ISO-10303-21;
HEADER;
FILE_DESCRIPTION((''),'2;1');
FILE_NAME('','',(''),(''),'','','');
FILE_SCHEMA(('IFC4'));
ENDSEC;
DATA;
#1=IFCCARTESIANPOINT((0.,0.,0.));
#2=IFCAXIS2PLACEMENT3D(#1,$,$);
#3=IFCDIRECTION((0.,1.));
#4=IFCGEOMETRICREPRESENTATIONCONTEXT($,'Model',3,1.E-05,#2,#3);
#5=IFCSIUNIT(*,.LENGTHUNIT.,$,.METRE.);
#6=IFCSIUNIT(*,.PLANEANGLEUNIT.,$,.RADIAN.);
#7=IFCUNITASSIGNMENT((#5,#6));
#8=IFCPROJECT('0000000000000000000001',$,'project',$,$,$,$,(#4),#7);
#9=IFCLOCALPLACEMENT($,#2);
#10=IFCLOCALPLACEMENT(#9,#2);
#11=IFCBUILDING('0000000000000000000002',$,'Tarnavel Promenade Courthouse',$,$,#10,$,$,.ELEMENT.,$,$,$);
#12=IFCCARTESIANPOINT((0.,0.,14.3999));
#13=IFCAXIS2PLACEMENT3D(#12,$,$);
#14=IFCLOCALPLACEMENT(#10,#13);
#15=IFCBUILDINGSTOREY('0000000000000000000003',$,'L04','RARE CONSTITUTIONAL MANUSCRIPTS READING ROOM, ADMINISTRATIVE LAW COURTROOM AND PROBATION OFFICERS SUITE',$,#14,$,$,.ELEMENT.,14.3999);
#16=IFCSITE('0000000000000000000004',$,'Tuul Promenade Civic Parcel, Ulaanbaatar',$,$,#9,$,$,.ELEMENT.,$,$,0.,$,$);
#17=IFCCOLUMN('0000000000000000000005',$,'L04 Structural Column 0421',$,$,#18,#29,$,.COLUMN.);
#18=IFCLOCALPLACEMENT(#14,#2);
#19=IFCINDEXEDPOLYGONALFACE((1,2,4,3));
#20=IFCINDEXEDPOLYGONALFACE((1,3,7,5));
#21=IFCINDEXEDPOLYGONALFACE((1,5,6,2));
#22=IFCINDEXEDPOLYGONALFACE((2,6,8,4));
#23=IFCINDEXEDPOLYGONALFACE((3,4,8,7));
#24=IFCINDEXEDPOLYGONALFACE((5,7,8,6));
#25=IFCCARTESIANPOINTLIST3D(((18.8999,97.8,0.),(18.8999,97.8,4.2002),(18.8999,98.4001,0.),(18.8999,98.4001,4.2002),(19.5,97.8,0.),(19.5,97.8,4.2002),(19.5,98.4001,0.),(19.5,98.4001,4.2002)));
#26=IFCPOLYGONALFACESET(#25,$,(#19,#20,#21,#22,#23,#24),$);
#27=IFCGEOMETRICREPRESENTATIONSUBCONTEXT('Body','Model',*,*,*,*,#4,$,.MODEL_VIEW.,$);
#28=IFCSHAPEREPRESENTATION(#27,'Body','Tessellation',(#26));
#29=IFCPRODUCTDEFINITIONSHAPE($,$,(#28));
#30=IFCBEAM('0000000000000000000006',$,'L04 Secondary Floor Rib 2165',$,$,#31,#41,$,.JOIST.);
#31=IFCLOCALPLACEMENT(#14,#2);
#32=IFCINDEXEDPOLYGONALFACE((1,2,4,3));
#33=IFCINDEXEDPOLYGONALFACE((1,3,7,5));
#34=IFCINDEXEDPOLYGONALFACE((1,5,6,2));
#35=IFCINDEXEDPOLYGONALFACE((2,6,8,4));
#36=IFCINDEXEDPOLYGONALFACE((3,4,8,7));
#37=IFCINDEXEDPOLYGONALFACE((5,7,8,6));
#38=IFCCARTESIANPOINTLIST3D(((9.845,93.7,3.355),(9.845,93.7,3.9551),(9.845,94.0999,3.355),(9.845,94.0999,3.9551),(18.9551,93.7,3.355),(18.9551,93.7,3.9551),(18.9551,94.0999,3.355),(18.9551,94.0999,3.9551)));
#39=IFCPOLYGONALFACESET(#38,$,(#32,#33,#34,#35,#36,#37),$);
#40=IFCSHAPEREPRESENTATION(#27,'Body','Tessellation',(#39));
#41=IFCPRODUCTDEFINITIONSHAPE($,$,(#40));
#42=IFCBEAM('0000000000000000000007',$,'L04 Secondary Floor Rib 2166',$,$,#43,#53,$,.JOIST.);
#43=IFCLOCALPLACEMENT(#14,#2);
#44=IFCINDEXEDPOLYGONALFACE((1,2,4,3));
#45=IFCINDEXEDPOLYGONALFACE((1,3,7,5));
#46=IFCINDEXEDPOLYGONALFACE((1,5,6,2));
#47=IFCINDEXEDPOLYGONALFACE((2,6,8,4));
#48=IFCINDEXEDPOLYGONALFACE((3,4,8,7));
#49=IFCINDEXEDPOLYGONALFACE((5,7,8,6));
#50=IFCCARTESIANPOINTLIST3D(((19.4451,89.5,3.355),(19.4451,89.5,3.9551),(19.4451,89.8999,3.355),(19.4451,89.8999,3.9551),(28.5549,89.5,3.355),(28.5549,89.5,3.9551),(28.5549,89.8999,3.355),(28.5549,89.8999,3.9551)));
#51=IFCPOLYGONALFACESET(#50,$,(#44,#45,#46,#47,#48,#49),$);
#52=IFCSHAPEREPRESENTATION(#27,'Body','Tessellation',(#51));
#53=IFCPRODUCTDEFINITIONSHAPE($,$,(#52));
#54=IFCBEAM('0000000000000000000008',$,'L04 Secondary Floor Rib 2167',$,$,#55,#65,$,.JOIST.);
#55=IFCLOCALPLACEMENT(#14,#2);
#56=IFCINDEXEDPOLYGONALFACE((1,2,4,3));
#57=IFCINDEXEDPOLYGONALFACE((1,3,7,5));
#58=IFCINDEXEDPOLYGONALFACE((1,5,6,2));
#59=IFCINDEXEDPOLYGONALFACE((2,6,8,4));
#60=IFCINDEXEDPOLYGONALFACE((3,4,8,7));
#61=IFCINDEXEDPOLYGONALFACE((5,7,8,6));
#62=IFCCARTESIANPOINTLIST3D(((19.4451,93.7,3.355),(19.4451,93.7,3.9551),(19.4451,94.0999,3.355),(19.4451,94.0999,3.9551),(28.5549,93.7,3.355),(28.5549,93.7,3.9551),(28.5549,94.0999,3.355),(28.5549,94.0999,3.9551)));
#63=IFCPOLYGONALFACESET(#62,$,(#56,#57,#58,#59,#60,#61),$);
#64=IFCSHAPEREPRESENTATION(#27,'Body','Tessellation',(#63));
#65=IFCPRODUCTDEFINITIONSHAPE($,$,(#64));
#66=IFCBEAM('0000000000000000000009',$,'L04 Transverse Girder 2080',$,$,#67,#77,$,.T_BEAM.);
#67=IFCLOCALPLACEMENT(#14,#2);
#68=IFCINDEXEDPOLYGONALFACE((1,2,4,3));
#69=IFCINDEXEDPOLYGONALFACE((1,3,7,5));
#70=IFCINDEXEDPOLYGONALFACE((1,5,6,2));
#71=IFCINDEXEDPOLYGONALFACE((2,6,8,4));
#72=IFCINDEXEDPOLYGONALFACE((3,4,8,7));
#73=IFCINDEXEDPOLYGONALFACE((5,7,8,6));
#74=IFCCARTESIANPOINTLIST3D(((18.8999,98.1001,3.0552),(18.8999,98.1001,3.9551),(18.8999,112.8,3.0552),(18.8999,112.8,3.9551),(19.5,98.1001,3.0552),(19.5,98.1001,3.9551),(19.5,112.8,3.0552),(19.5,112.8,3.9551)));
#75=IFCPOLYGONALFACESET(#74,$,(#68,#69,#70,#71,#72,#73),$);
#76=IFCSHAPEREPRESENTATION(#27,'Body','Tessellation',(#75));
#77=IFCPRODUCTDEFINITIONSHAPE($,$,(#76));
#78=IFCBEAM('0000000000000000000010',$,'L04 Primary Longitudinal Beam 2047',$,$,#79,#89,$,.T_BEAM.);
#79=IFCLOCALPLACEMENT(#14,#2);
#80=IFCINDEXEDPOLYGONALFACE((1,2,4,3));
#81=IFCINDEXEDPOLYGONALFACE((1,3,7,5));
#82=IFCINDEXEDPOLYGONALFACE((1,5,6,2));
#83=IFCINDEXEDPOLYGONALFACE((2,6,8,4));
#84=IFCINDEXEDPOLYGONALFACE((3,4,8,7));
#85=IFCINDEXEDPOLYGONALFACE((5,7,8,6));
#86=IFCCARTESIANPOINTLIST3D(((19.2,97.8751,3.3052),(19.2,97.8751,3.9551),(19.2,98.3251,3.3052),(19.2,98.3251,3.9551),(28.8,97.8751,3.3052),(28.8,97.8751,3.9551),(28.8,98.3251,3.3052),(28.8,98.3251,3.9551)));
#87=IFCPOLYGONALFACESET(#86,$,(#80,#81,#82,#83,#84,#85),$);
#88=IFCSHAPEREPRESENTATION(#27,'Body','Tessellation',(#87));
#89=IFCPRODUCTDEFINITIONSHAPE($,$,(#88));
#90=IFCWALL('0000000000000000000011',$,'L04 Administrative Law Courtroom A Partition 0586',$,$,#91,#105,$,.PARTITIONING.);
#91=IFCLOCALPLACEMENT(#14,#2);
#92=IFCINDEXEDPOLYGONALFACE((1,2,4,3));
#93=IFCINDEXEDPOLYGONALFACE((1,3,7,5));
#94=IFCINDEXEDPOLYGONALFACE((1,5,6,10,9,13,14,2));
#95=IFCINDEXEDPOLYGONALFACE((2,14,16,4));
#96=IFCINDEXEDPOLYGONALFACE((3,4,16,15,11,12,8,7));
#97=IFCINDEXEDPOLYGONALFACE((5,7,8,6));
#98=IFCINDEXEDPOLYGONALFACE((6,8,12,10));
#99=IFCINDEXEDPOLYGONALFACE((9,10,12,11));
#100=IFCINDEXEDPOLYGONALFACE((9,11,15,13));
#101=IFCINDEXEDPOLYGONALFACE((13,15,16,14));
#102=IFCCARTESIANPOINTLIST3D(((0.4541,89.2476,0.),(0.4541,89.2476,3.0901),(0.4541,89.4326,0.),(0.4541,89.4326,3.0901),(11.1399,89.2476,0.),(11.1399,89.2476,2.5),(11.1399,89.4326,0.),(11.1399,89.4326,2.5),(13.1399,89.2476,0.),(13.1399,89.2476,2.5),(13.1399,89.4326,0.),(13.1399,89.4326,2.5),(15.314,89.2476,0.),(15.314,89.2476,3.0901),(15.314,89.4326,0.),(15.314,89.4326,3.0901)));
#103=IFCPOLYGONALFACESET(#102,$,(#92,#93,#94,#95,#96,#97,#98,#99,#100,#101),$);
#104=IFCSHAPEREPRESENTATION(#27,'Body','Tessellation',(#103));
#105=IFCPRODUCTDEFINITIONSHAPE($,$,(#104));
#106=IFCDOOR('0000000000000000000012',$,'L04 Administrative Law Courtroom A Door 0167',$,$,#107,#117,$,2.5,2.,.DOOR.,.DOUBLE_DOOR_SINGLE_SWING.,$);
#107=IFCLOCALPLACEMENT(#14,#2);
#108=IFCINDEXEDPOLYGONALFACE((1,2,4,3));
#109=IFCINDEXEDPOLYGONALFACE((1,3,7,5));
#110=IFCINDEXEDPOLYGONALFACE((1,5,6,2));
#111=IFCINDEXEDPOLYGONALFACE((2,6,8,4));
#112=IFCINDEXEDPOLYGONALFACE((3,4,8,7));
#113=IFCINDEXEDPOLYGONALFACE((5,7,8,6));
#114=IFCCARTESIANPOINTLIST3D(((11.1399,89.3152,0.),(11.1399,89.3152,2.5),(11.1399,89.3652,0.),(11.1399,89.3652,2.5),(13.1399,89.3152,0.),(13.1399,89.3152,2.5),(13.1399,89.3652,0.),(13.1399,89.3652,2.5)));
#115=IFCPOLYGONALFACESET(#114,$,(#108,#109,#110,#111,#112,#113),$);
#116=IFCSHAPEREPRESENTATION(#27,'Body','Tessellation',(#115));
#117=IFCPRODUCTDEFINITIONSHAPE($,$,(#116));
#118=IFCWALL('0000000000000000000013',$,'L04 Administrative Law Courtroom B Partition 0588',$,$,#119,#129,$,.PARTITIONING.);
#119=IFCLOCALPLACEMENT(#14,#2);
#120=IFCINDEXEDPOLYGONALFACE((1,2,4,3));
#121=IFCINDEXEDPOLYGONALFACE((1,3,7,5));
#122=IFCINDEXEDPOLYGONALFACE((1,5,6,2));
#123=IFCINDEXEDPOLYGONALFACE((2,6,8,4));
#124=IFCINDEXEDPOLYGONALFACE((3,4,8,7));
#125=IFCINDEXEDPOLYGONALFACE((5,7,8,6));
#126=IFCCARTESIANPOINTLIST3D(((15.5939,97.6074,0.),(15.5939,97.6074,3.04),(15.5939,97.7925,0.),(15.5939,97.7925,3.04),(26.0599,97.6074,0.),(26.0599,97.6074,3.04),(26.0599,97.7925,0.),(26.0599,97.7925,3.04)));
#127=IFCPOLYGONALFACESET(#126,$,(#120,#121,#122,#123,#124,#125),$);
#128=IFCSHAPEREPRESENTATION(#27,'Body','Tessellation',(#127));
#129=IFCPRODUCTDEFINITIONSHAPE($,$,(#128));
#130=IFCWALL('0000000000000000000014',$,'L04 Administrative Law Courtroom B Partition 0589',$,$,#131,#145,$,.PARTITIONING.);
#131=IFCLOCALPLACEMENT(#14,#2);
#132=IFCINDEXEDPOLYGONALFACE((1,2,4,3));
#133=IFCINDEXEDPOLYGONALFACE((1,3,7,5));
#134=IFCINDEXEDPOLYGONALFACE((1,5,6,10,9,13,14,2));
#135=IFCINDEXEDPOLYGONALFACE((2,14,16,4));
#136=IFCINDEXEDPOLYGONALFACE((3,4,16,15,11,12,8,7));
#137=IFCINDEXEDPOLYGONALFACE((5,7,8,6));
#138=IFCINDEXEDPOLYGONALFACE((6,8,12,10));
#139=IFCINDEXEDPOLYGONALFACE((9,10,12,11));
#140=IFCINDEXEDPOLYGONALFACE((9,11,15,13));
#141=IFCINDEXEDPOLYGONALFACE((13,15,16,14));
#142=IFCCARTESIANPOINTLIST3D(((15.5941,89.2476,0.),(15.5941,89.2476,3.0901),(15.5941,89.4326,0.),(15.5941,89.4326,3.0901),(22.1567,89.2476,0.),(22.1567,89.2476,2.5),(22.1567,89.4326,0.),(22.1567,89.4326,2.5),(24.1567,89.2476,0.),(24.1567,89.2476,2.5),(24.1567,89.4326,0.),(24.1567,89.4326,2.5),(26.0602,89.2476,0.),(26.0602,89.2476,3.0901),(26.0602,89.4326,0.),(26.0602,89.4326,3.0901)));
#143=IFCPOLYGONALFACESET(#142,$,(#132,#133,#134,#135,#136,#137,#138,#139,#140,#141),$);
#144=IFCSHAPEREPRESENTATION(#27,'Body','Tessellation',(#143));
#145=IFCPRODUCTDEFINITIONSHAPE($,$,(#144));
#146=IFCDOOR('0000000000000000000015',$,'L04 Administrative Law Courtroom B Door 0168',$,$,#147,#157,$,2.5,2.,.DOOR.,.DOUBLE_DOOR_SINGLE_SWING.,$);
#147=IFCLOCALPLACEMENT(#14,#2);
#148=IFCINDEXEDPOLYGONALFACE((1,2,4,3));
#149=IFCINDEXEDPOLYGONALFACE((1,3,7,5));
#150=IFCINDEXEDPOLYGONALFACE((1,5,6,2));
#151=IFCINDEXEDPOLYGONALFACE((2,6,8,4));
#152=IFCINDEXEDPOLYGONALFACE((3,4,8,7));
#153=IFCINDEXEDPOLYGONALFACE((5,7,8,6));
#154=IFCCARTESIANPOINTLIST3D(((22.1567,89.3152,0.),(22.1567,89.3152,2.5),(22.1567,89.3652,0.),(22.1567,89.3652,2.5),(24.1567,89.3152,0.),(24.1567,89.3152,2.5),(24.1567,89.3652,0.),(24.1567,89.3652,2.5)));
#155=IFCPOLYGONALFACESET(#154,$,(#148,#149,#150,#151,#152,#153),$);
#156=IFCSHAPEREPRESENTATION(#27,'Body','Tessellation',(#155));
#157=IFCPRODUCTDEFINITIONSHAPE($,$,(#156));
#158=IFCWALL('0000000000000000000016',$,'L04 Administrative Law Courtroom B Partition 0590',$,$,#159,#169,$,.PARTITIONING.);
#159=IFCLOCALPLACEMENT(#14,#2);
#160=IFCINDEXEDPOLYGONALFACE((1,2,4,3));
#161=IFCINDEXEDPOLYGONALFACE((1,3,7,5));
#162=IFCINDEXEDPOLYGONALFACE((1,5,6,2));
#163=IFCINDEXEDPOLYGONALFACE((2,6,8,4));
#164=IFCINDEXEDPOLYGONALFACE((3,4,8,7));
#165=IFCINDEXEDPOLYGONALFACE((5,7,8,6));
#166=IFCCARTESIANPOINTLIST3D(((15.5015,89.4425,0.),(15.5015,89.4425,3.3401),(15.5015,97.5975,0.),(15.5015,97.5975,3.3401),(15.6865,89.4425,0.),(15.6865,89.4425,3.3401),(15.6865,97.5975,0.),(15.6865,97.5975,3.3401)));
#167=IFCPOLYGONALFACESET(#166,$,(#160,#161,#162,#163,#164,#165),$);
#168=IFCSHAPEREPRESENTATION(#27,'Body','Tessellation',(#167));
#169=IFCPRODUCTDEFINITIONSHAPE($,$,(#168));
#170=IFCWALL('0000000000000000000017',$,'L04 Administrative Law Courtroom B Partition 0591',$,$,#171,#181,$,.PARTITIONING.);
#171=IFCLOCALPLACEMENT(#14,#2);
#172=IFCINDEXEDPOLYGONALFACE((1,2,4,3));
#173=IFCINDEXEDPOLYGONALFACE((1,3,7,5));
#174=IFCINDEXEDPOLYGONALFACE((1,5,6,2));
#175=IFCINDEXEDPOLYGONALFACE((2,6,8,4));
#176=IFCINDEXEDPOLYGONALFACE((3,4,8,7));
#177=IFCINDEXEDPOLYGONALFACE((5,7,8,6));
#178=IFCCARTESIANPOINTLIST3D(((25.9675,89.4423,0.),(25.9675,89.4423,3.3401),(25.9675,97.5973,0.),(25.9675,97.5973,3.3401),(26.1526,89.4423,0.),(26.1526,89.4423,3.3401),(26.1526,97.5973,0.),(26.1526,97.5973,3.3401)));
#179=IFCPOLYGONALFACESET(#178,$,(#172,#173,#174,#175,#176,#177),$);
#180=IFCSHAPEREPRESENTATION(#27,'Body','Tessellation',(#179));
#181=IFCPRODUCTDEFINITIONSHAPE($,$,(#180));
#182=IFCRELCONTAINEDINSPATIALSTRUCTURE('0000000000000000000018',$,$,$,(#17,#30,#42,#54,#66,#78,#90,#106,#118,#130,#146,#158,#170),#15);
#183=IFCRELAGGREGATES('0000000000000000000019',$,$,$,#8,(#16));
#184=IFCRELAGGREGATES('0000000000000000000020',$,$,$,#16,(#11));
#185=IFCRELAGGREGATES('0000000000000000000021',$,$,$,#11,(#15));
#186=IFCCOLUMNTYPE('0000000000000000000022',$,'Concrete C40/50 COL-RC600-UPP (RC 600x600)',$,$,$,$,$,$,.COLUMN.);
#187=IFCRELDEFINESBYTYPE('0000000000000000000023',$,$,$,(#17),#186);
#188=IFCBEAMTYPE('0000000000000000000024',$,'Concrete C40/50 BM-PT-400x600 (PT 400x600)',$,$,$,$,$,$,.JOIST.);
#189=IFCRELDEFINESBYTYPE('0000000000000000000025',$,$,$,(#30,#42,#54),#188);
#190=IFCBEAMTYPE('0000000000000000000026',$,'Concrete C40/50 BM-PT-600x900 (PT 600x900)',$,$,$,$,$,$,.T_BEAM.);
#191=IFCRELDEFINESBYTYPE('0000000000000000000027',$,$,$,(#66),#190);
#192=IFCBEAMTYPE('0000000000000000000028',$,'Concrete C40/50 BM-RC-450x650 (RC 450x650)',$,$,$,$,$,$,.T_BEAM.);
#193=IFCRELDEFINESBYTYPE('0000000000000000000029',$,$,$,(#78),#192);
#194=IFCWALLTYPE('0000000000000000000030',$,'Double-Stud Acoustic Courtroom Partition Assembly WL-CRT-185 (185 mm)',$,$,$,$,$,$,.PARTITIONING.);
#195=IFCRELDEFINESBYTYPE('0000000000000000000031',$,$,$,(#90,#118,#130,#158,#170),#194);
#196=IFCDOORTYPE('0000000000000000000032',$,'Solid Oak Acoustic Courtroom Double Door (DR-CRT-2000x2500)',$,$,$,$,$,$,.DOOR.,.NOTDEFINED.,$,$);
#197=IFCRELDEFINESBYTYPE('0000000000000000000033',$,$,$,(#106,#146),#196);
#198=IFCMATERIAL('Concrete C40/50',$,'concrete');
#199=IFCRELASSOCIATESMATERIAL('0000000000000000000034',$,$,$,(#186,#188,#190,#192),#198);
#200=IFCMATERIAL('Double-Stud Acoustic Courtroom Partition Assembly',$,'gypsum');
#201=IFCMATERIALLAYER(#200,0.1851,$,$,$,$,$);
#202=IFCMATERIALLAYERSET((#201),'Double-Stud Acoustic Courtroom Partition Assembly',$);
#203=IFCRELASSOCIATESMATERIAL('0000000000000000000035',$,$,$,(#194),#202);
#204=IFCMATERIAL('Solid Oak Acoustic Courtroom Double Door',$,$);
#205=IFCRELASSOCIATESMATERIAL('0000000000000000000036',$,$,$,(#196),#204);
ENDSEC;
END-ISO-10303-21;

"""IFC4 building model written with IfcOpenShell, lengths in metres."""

from ifc_helpers import new_model, si_unit, direction, frame, frame_2d, origin, origin_2d, place, context, subcontext, project, spatial, rectangle, extrude, material, layer, layer_set, material_profile, profile_set, type_object, element, fill, save


model = new_model("IFC4")

# Units and contexts
model_context = context("Model", 3, precision=1e-05, world=origin(), true_north=direction((0.0, 1.0)))
body_context = subcontext(model_context, "Body", "Model", "MODEL_VIEW")
ifc_project = project(units=[si_unit("LENGTHUNIT", "METRE"), si_unit("PLANEANGLEUNIT", "RADIAN")], contexts=[model_context])

# Site, building, storey
site_placement = place(None, origin())
site = spatial("IfcSite", under=ifc_project, at=site_placement, Name="Tuul Promenade Civic Parcel, Ulaanbaatar", CompositionType="ELEMENT", RefElevation=0.0)
building_placement = place(site_placement, origin())
building = spatial("IfcBuilding", under=site, at=building_placement, Name="Tarnavel Promenade Courthouse", CompositionType="ELEMENT")
storey_placement = place(building_placement, frame((0.0, 0.0, 14.3999)))
storey = spatial("IfcBuildingStorey", under=building, at=storey_placement, Name="L04", Description="RARE CONSTITUTIONAL MANUSCRIPTS READING ROOM, ADMINISTRATIVE LAW COURTROOM AND PROBATION OFFICERS SUITE", CompositionType="ELEMENT", Elevation=14.3999)

# Column
ifc_material_1 = material(Name="Concrete C40/50", Category="concrete")
ifc_material_profile_1 = material_profile(ifc_material_1, rectangle(XDim=0.6001, YDim=0.6001, at=origin_2d()), Name="RC 600x600")
ifc_profile_set_1 = profile_set([ifc_material_profile_1], Name="Concrete C40/50")
column_type = type_object("IfcColumnType", Name="Concrete C40/50 COL-RC600-UPP (RC 600x600)", PredefinedType="COLUMN", material=ifc_profile_set_1)
column_placement = place(storey_placement, frame((19.2, 98.1001, 0.0), z_axis=(0.0, 0.0, 1.0), x_axis=(1.0, 0.0, 0.0)))
element("IfcColumn", 1, at=column_placement, inside=storey, type_object=column_type, Name="L04 Structural Column 0421", PredefinedType="COLUMN", context=body_context, shape_type="SweptSolid", body=[
    extrude(rectangle(XDim=0.6001, YDim=0.6001, at=origin_2d()), origin(), (0.0, 0.0, 1.0), 4.2002),
])

# Beams
ifc_material_profile_2 = material_profile(ifc_material_1, rectangle(XDim=0.3999, YDim=0.6001, at=origin_2d()), Name="PT 400x600")
ifc_profile_set_2 = profile_set([ifc_material_profile_2], Name="Concrete C40/50")
beam_type_1 = type_object("IfcBeamType", Name="Concrete C40/50 BM-PT-400x600 (PT 400x600)", PredefinedType="JOIST", material=ifc_profile_set_2)
beam_1_placement = place(storey_placement, frame((9.845, 93.8999, 3.655), z_axis=(1.0, 0.0, 0.0), x_axis=(0.0, 1.0, 0.0)))
element("IfcBeam", 2, at=beam_1_placement, inside=storey, type_object=beam_type_1, Name="L04 Secondary Floor Rib 2165", PredefinedType="JOIST", context=body_context, shape_type="SweptSolid", body=[
    extrude(rectangle(XDim=0.3999, YDim=0.6001, at=origin_2d()), origin(), (0.0, 0.0, 1.0), 9.1101),
])
for number, where, z_axis, x_axis, name in (
    (3, (19.4451, 89.7, 3.655), (1.0, 0.0, 0.0), (0.0, 1.0, 0.0), "L04 Secondary Floor Rib 2166"),
    (4, (19.4451, 93.8999, 3.655), (1.0, 0.0, 0.0), (0.0, 1.0, 0.0), "L04 Secondary Floor Rib 2167"),
):
    element("IfcBeam", number, at=place(storey_placement, frame(where, z_axis=z_axis, x_axis=x_axis)), inside=storey, type_object=beam_type_1, Name=name, PredefinedType="JOIST", context=body_context, shape_type="SweptSolid", body=[
        extrude(rectangle(XDim=0.3999, YDim=0.6001, at=origin_2d()), origin(), (0.0, 0.0, 1.0), 9.1099),
    ])
ifc_material_profile_3 = material_profile(ifc_material_1, rectangle(XDim=0.6001, YDim=0.8999, at=origin_2d()), Name="PT 600x900")
ifc_profile_set_3 = profile_set([ifc_material_profile_3], Name="Concrete C40/50")
beam_type_2 = type_object("IfcBeamType", Name="Concrete C40/50 BM-PT-600x900 (PT 600x900)", PredefinedType="T_BEAM", material=ifc_profile_set_3)
beam_2_placement = place(storey_placement, frame((19.2, 98.1001, 3.5051), z_axis=(0.0, 1.0, 0.0), x_axis=(-1.0, 0.0, 0.0)))
element("IfcBeam", 5, at=beam_2_placement, inside=storey, type_object=beam_type_2, Name="L04 Transverse Girder 2080", PredefinedType="T_BEAM", context=body_context, shape_type="SweptSolid", body=[
    extrude(rectangle(XDim=0.6001, YDim=0.8999, at=origin_2d()), origin(), (0.0, 0.0, 1.0), 14.7),
])
ifc_material_profile_4 = material_profile(ifc_material_1, rectangle(XDim=0.45, YDim=0.6499, at=origin_2d()), Name="RC 450x650")
ifc_profile_set_4 = profile_set([ifc_material_profile_4], Name="Concrete C40/50")
beam_type_3 = type_object("IfcBeamType", Name="Concrete C40/50 BM-RC-450x650 (RC 450x650)", PredefinedType="T_BEAM", material=ifc_profile_set_4)
beam_3_placement = place(storey_placement, frame((19.2, 98.1001, 3.6301), z_axis=(1.0, 0.0, 0.0), x_axis=(0.0, 1.0, 0.0)))
element("IfcBeam", 6, at=beam_3_placement, inside=storey, type_object=beam_type_3, Name="L04 Primary Longitudinal Beam 2047", PredefinedType="T_BEAM", context=body_context, shape_type="SweptSolid", body=[
    extrude(rectangle(XDim=0.45, YDim=0.6499, at=origin_2d()), origin(), (0.0, 0.0, 1.0), 9.6001),
])

# Wall, opening, door
ifc_material_2 = material(Name="Double-Stud Acoustic Courtroom Partition Assembly", Category="gypsum")
ifc_layer_1 = layer(ifc_material_2, 0.1851)
ifc_layer_set_1 = layer_set([ifc_layer_1], Name="Double-Stud Acoustic Courtroom Partition Assembly")
wall_type_1 = type_object("IfcWallType", Name="Double-Stud Acoustic Courtroom Partition Assembly WL-CRT-185 (185 mm)", PredefinedType="PARTITIONING", material=ifc_layer_set_1)
wall_1_placement = place(storey_placement, frame((15.314, 89.3401, 0.0), z_axis=(0.0, 0.0, 1.0), x_axis=(-1.0, 0.0, 0.0)))
wall_1 = element("IfcWall", 7, at=wall_1_placement, inside=storey, type_object=wall_type_1, Name="L04 Administrative Law Courtroom A Partition 0586", PredefinedType="PARTITIONING", context=body_context, shape_type="SweptSolid", body=[
    extrude(rectangle(XDim=14.8599, YDim=0.1851, at=frame_2d((7.4299, 0.0))), origin(), (0.0, 0.0, 1.0), 3.0901),
])
opening_1_placement = place(wall_1_placement, frame((2.1741, 0.0, 0.0)))
opening_1 = element("IfcOpeningElement", 8, at=opening_1_placement, cuts=wall_1, PredefinedType="OPENING", context=body_context, shape_type="SweptSolid", body=[
    extrude(rectangle(XDim=2.0, YDim=2.5, at=frame_2d((1.0, 1.25))), frame((0.0, 0.1025, 0.0), z_axis=(0.0, -1.0, 0.0), x_axis=(1.0, 0.0, 0.0)), (0.0, 0.0, 1.0), 0.2051),
])
ifc_material_3 = material(Name="Solid Oak Acoustic Courtroom Double Door")
door_type_1 = type_object("IfcDoorType", Name="Solid Oak Acoustic Courtroom Double Door (DR-CRT-2000x2500)", OperationType="NOTDEFINED", PredefinedType="DOOR", material=ifc_material_3)
door_1_placement = place(opening_1_placement, origin())
door_1 = element("IfcDoor", 9, at=door_1_placement, inside=storey, type_object=door_type_1, Name="L04 Administrative Law Courtroom A Door 0167", OperationType="DOUBLE_DOOR_SINGLE_SWING", OverallHeight=2.5, OverallWidth=2.0, PredefinedType="DOOR", context=body_context, shape_type="SweptSolid", body=[
    extrude(rectangle(XDim=2.0, YDim=2.5, at=frame_2d((1.0, 1.25))), frame((0.0, 0.0249, 0.0), z_axis=(0.0, -1.0, 0.0), x_axis=(1.0, 0.0, 0.0)), (0.0, 0.0, 1.0), 0.05),
])
fill(opening_1, door_1)

# Wall
wall_2_placement = place(storey_placement, frame((15.594, 97.7, 0.0), z_axis=(0.0, 0.0, 1.0), x_axis=(1.0, 0.0, 0.0)))
element("IfcWall", 10, at=wall_2_placement, inside=storey, type_object=wall_type_1, Name="L04 Administrative Law Courtroom B Partition 0588", PredefinedType="PARTITIONING", context=body_context, shape_type="SweptSolid", body=[
    extrude(rectangle(XDim=10.4661, YDim=0.1851, at=frame_2d((5.2329, 0.0))), origin(), (0.0, 0.0, 1.0), 3.04),
])

# Wall, opening, door
wall_3_placement = place(storey_placement, frame((26.0601, 89.3401, 0.0), z_axis=(0.0, 0.0, 1.0), x_axis=(-1.0, 0.0, 0.0)))
wall_3 = element("IfcWall", 11, at=wall_3_placement, inside=storey, type_object=wall_type_1, Name="L04 Administrative Law Courtroom B Partition 0589", PredefinedType="PARTITIONING", context=body_context, shape_type="SweptSolid", body=[
    extrude(rectangle(XDim=10.4661, YDim=0.1851, at=frame_2d((5.2329, 0.0))), origin(), (0.0, 0.0, 1.0), 3.0901),
])
opening_2_placement = place(wall_3_placement, frame((1.9033, 0.0, 0.0)))
opening_2 = element("IfcOpeningElement", 12, at=opening_2_placement, cuts=wall_3, PredefinedType="OPENING", context=body_context, shape_type="SweptSolid", body=[
    extrude(rectangle(XDim=2.0, YDim=2.5, at=frame_2d((1.0, 1.25))), frame((0.0, 0.1025, 0.0), z_axis=(0.0, -1.0, 0.0), x_axis=(1.0, 0.0, 0.0)), (0.0, 0.0, 1.0), 0.2051),
])
door_2_placement = place(opening_2_placement, origin())
door_2 = element("IfcDoor", 13, at=door_2_placement, inside=storey, type_object=door_type_1, Name="L04 Administrative Law Courtroom B Door 0168", OperationType="DOUBLE_DOOR_SINGLE_SWING", OverallHeight=2.5, OverallWidth=2.0, PredefinedType="DOOR", context=body_context, shape_type="SweptSolid", body=[
    extrude(rectangle(XDim=2.0, YDim=2.5, at=frame_2d((1.0, 1.25))), frame((0.0, 0.0249, 0.0), z_axis=(0.0, -1.0, 0.0), x_axis=(1.0, 0.0, 0.0)), (0.0, 0.0, 1.0), 0.05),
])
fill(opening_2, door_2)

# Walls
for number, where, z_axis, x_axis, name in (
    (14, (15.594, 89.4424, 0.0), (0.0, 0.0, 1.0), (0.0, 1.0, 0.0), "L04 Administrative Law Courtroom B Partition 0590"),
    (15, (26.0601, 97.5974, 0.0), (0.0, 0.0, 1.0), (0.0, -1.0, 0.0), "L04 Administrative Law Courtroom B Partition 0591"),
):
    element("IfcWall", number, at=place(storey_placement, frame(where, z_axis=z_axis, x_axis=x_axis)), inside=storey, type_object=wall_type_1, Name=name, PredefinedType="PARTITIONING", context=body_context, shape_type="SweptSolid", body=[
        extrude(rectangle(XDim=8.155, YDim=0.1851, at=frame_2d((4.0776, 0.0))), origin(), (0.0, 0.0, 1.0), 3.3401),
    ])

save(model, "model.ifc")
